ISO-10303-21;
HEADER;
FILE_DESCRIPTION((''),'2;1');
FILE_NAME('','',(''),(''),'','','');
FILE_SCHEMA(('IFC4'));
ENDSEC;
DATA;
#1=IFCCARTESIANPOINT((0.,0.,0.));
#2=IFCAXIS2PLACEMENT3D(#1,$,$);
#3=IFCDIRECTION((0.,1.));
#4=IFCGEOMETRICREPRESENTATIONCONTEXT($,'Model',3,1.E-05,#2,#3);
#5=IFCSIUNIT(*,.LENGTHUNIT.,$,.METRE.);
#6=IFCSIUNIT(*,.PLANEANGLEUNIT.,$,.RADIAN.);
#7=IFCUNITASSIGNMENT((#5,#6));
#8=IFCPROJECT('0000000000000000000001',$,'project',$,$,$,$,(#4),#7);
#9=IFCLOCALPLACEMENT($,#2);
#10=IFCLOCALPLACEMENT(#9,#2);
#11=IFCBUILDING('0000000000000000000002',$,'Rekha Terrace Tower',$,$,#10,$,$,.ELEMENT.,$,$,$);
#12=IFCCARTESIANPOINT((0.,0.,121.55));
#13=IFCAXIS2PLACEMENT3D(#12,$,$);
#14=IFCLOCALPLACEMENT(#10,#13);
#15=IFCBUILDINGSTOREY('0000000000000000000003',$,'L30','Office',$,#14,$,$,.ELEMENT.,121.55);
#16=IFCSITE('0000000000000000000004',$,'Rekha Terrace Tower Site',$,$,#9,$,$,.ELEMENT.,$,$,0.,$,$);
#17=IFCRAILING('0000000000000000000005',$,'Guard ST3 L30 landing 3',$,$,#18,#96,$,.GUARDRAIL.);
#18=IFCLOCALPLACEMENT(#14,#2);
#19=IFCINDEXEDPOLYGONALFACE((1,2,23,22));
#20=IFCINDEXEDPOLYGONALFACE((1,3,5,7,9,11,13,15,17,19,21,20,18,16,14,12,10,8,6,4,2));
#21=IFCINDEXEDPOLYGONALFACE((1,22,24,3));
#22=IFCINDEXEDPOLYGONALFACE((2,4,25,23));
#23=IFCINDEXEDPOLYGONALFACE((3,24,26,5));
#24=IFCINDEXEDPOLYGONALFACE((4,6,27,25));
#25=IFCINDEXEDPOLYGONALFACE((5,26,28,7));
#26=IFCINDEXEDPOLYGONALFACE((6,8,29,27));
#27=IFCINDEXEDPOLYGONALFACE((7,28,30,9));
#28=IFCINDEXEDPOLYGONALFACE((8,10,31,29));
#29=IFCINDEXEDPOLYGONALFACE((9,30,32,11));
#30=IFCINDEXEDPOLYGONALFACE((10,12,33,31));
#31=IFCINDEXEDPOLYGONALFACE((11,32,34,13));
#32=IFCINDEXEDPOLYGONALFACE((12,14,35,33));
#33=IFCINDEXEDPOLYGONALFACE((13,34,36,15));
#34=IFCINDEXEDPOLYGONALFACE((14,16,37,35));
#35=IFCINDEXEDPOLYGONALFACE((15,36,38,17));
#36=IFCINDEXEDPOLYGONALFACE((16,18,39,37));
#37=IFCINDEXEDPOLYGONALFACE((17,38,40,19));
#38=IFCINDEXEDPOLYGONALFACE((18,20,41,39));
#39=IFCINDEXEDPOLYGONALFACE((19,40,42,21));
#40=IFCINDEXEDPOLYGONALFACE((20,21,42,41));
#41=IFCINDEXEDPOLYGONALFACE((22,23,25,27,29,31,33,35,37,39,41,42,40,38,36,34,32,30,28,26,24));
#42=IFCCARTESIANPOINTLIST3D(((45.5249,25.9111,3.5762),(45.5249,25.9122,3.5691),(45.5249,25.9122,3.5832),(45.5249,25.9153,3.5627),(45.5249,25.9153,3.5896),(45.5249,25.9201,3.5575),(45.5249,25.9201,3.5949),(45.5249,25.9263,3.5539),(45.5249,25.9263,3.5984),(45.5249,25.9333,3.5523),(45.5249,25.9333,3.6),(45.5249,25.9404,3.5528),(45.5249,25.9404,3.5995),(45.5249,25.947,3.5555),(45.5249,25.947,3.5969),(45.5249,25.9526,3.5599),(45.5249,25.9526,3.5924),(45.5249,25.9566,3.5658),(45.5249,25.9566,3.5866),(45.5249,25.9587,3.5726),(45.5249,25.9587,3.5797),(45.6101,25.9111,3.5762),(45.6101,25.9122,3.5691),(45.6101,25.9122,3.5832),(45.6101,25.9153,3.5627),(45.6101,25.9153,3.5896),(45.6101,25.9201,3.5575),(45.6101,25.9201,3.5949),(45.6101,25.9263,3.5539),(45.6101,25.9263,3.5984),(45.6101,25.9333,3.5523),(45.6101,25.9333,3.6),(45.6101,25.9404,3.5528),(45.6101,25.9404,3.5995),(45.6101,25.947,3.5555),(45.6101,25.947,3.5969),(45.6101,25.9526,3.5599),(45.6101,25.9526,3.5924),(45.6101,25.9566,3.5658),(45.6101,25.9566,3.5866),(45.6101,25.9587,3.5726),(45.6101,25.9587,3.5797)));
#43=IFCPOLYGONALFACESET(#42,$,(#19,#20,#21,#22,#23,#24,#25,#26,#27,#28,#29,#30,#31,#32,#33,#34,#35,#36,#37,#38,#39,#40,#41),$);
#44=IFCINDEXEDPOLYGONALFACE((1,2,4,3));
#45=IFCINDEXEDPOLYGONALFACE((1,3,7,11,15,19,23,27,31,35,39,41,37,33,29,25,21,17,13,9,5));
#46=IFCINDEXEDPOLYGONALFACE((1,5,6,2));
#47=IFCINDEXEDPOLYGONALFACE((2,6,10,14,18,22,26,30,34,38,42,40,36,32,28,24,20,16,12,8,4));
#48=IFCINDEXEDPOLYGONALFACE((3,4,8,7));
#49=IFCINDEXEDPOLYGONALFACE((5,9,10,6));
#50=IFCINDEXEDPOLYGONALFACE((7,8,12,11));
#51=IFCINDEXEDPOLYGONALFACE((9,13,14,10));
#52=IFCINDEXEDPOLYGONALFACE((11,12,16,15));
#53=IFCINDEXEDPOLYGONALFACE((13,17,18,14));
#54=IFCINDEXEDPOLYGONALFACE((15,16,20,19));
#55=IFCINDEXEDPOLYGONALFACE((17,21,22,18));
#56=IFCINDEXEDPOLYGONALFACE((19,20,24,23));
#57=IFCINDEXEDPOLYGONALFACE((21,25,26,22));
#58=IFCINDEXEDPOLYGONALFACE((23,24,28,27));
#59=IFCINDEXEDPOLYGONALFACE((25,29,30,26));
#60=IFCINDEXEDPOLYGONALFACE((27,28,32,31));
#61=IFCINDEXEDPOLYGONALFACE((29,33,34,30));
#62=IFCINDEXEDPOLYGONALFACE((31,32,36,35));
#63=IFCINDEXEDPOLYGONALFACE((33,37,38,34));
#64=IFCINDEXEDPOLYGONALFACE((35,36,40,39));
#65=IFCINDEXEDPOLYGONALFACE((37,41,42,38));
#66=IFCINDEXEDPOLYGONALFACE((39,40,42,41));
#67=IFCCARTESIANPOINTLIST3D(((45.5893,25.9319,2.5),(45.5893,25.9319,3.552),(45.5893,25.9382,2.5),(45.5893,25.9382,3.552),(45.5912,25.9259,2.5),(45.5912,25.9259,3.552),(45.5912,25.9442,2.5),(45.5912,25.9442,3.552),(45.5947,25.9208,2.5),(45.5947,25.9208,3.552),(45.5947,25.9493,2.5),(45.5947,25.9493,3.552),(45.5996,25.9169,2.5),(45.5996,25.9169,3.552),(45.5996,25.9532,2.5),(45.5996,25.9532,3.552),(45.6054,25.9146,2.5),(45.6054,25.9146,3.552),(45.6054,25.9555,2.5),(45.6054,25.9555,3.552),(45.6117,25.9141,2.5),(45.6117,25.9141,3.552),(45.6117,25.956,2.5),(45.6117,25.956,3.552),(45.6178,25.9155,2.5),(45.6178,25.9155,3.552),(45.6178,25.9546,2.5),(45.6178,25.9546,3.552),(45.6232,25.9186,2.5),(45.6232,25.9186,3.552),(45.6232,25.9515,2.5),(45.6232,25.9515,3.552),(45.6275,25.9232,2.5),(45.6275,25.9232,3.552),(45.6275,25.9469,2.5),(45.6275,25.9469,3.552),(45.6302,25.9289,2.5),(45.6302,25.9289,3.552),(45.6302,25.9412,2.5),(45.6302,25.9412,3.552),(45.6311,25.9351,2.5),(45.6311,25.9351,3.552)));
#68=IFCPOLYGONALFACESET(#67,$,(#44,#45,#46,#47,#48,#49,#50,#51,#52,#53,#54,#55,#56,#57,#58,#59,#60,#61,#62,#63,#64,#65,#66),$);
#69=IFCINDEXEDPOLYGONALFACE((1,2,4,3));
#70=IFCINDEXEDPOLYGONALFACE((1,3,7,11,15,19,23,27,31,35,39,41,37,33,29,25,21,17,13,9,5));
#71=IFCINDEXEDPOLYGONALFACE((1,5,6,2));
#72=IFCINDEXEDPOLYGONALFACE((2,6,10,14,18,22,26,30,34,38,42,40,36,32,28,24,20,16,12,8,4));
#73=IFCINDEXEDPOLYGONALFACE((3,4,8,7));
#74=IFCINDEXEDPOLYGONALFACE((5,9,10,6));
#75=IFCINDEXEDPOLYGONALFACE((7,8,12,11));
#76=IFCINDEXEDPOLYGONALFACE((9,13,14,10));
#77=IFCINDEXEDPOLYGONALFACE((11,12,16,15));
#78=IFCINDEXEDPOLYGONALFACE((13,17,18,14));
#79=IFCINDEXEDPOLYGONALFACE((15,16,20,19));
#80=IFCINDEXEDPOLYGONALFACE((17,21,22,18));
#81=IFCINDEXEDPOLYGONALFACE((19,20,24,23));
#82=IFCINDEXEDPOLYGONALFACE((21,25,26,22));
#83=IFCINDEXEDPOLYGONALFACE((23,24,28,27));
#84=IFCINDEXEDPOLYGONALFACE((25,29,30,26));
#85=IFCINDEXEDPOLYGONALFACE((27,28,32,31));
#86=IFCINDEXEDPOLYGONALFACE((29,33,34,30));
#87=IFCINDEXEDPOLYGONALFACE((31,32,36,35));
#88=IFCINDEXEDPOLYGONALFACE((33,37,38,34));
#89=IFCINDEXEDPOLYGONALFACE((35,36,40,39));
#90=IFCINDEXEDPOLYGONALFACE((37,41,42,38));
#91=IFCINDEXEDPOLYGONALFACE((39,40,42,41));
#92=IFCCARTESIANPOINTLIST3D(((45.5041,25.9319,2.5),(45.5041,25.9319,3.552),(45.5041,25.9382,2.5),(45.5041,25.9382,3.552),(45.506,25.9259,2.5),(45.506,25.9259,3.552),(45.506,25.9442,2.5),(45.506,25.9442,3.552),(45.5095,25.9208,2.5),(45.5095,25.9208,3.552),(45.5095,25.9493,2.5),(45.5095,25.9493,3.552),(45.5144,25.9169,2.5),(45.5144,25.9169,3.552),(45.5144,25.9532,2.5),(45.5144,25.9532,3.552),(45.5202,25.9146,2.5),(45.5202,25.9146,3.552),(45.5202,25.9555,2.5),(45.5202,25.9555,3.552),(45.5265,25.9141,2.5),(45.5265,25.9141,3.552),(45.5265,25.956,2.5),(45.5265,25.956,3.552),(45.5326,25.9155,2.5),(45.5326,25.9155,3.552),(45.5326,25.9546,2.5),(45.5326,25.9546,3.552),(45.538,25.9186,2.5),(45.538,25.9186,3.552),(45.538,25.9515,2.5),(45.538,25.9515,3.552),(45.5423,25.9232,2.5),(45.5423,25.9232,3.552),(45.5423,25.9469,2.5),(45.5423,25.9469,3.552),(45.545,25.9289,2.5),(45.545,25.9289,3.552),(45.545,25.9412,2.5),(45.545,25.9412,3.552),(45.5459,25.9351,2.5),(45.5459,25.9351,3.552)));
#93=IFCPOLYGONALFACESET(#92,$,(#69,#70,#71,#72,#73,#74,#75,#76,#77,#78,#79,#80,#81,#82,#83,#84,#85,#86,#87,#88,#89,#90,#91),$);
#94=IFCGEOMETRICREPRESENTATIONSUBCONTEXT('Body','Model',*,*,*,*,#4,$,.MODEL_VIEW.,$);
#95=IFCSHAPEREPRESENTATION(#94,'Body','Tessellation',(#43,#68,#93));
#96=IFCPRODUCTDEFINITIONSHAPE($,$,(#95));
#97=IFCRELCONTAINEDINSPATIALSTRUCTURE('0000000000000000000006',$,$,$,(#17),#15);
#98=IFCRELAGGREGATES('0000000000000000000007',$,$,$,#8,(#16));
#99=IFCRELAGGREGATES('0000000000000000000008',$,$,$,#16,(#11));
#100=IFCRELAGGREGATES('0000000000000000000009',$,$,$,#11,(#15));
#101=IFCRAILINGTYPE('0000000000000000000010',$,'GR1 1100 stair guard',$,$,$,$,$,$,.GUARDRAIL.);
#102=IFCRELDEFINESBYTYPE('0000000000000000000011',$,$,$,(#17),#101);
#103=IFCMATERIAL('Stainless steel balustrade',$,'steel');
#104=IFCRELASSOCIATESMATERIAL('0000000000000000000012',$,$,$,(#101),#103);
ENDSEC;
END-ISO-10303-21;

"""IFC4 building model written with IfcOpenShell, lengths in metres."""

from ifc_helpers import new_model, si_unit, direction, frame, origin, origin_2d, place, context, subcontext, project, spatial, circle, extrude, material, type_object, element, save


model = new_model("IFC4")

# Units and contexts
model_context = context("Model", 3, precision=1e-05, world=origin(), true_north=direction((0.0, 1.0)))
body_context = subcontext(model_context, "Body", "Model", "MODEL_VIEW")
ifc_project = project(units=[si_unit("LENGTHUNIT", "METRE"), si_unit("PLANEANGLEUNIT", "RADIAN")], contexts=[model_context])

# Site, building, storey
site_placement = place(None, origin())
site = spatial("IfcSite", under=ifc_project, at=site_placement, Name="Rekha Terrace Tower Site", CompositionType="ELEMENT", RefElevation=0.0)
building_placement = place(site_placement, origin())
building = spatial("IfcBuilding", under=site, at=building_placement, Name="Rekha Terrace Tower", CompositionType="ELEMENT")
storey_placement = place(building_placement, frame((0.0, 0.0, 121.55)))
storey = spatial("IfcBuildingStorey", under=building, at=storey_placement, Name="L30", Description="Office", CompositionType="ELEMENT", Elevation=121.55)

# Railing
ifc_material_1 = material(Name="Stainless steel balustrade", Category="steel")
railing_type_1 = type_object("IfcRailingType", Name="GR1 1100 stair guard", PredefinedType="GUARDRAIL", material=ifc_material_1)
railing_1_placement = place(storey_placement, frame((45.6101, 25.9351, 2.5)))
element("IfcRailing", 1, at=railing_1_placement, inside=storey, type_object=railing_type_1, Name="Guard ST3 L30 landing 3", PredefinedType="GUARDRAIL", context=body_context, shape_type="SweptSolid", body=[
    extrude(circle(Radius=0.0239, at=origin_2d()), frame((0.0, 0.0, 1.0762), z_axis=(-1.0, 0.0, 0.0), x_axis=(0.0, -1.0, 0.0)), (0.0, 0.0, 1.0), 0.0852),
    extrude(circle(Radius=0.021, at=origin_2d()), origin(), (0.0, 0.0, 1.0), 1.052),
    extrude(circle(Radius=0.021, at=origin_2d()), frame((-0.0852, 0.0, 0.0)), (0.0, 0.0, 1.0), 1.052),
])

save(model, "model.ifc")
